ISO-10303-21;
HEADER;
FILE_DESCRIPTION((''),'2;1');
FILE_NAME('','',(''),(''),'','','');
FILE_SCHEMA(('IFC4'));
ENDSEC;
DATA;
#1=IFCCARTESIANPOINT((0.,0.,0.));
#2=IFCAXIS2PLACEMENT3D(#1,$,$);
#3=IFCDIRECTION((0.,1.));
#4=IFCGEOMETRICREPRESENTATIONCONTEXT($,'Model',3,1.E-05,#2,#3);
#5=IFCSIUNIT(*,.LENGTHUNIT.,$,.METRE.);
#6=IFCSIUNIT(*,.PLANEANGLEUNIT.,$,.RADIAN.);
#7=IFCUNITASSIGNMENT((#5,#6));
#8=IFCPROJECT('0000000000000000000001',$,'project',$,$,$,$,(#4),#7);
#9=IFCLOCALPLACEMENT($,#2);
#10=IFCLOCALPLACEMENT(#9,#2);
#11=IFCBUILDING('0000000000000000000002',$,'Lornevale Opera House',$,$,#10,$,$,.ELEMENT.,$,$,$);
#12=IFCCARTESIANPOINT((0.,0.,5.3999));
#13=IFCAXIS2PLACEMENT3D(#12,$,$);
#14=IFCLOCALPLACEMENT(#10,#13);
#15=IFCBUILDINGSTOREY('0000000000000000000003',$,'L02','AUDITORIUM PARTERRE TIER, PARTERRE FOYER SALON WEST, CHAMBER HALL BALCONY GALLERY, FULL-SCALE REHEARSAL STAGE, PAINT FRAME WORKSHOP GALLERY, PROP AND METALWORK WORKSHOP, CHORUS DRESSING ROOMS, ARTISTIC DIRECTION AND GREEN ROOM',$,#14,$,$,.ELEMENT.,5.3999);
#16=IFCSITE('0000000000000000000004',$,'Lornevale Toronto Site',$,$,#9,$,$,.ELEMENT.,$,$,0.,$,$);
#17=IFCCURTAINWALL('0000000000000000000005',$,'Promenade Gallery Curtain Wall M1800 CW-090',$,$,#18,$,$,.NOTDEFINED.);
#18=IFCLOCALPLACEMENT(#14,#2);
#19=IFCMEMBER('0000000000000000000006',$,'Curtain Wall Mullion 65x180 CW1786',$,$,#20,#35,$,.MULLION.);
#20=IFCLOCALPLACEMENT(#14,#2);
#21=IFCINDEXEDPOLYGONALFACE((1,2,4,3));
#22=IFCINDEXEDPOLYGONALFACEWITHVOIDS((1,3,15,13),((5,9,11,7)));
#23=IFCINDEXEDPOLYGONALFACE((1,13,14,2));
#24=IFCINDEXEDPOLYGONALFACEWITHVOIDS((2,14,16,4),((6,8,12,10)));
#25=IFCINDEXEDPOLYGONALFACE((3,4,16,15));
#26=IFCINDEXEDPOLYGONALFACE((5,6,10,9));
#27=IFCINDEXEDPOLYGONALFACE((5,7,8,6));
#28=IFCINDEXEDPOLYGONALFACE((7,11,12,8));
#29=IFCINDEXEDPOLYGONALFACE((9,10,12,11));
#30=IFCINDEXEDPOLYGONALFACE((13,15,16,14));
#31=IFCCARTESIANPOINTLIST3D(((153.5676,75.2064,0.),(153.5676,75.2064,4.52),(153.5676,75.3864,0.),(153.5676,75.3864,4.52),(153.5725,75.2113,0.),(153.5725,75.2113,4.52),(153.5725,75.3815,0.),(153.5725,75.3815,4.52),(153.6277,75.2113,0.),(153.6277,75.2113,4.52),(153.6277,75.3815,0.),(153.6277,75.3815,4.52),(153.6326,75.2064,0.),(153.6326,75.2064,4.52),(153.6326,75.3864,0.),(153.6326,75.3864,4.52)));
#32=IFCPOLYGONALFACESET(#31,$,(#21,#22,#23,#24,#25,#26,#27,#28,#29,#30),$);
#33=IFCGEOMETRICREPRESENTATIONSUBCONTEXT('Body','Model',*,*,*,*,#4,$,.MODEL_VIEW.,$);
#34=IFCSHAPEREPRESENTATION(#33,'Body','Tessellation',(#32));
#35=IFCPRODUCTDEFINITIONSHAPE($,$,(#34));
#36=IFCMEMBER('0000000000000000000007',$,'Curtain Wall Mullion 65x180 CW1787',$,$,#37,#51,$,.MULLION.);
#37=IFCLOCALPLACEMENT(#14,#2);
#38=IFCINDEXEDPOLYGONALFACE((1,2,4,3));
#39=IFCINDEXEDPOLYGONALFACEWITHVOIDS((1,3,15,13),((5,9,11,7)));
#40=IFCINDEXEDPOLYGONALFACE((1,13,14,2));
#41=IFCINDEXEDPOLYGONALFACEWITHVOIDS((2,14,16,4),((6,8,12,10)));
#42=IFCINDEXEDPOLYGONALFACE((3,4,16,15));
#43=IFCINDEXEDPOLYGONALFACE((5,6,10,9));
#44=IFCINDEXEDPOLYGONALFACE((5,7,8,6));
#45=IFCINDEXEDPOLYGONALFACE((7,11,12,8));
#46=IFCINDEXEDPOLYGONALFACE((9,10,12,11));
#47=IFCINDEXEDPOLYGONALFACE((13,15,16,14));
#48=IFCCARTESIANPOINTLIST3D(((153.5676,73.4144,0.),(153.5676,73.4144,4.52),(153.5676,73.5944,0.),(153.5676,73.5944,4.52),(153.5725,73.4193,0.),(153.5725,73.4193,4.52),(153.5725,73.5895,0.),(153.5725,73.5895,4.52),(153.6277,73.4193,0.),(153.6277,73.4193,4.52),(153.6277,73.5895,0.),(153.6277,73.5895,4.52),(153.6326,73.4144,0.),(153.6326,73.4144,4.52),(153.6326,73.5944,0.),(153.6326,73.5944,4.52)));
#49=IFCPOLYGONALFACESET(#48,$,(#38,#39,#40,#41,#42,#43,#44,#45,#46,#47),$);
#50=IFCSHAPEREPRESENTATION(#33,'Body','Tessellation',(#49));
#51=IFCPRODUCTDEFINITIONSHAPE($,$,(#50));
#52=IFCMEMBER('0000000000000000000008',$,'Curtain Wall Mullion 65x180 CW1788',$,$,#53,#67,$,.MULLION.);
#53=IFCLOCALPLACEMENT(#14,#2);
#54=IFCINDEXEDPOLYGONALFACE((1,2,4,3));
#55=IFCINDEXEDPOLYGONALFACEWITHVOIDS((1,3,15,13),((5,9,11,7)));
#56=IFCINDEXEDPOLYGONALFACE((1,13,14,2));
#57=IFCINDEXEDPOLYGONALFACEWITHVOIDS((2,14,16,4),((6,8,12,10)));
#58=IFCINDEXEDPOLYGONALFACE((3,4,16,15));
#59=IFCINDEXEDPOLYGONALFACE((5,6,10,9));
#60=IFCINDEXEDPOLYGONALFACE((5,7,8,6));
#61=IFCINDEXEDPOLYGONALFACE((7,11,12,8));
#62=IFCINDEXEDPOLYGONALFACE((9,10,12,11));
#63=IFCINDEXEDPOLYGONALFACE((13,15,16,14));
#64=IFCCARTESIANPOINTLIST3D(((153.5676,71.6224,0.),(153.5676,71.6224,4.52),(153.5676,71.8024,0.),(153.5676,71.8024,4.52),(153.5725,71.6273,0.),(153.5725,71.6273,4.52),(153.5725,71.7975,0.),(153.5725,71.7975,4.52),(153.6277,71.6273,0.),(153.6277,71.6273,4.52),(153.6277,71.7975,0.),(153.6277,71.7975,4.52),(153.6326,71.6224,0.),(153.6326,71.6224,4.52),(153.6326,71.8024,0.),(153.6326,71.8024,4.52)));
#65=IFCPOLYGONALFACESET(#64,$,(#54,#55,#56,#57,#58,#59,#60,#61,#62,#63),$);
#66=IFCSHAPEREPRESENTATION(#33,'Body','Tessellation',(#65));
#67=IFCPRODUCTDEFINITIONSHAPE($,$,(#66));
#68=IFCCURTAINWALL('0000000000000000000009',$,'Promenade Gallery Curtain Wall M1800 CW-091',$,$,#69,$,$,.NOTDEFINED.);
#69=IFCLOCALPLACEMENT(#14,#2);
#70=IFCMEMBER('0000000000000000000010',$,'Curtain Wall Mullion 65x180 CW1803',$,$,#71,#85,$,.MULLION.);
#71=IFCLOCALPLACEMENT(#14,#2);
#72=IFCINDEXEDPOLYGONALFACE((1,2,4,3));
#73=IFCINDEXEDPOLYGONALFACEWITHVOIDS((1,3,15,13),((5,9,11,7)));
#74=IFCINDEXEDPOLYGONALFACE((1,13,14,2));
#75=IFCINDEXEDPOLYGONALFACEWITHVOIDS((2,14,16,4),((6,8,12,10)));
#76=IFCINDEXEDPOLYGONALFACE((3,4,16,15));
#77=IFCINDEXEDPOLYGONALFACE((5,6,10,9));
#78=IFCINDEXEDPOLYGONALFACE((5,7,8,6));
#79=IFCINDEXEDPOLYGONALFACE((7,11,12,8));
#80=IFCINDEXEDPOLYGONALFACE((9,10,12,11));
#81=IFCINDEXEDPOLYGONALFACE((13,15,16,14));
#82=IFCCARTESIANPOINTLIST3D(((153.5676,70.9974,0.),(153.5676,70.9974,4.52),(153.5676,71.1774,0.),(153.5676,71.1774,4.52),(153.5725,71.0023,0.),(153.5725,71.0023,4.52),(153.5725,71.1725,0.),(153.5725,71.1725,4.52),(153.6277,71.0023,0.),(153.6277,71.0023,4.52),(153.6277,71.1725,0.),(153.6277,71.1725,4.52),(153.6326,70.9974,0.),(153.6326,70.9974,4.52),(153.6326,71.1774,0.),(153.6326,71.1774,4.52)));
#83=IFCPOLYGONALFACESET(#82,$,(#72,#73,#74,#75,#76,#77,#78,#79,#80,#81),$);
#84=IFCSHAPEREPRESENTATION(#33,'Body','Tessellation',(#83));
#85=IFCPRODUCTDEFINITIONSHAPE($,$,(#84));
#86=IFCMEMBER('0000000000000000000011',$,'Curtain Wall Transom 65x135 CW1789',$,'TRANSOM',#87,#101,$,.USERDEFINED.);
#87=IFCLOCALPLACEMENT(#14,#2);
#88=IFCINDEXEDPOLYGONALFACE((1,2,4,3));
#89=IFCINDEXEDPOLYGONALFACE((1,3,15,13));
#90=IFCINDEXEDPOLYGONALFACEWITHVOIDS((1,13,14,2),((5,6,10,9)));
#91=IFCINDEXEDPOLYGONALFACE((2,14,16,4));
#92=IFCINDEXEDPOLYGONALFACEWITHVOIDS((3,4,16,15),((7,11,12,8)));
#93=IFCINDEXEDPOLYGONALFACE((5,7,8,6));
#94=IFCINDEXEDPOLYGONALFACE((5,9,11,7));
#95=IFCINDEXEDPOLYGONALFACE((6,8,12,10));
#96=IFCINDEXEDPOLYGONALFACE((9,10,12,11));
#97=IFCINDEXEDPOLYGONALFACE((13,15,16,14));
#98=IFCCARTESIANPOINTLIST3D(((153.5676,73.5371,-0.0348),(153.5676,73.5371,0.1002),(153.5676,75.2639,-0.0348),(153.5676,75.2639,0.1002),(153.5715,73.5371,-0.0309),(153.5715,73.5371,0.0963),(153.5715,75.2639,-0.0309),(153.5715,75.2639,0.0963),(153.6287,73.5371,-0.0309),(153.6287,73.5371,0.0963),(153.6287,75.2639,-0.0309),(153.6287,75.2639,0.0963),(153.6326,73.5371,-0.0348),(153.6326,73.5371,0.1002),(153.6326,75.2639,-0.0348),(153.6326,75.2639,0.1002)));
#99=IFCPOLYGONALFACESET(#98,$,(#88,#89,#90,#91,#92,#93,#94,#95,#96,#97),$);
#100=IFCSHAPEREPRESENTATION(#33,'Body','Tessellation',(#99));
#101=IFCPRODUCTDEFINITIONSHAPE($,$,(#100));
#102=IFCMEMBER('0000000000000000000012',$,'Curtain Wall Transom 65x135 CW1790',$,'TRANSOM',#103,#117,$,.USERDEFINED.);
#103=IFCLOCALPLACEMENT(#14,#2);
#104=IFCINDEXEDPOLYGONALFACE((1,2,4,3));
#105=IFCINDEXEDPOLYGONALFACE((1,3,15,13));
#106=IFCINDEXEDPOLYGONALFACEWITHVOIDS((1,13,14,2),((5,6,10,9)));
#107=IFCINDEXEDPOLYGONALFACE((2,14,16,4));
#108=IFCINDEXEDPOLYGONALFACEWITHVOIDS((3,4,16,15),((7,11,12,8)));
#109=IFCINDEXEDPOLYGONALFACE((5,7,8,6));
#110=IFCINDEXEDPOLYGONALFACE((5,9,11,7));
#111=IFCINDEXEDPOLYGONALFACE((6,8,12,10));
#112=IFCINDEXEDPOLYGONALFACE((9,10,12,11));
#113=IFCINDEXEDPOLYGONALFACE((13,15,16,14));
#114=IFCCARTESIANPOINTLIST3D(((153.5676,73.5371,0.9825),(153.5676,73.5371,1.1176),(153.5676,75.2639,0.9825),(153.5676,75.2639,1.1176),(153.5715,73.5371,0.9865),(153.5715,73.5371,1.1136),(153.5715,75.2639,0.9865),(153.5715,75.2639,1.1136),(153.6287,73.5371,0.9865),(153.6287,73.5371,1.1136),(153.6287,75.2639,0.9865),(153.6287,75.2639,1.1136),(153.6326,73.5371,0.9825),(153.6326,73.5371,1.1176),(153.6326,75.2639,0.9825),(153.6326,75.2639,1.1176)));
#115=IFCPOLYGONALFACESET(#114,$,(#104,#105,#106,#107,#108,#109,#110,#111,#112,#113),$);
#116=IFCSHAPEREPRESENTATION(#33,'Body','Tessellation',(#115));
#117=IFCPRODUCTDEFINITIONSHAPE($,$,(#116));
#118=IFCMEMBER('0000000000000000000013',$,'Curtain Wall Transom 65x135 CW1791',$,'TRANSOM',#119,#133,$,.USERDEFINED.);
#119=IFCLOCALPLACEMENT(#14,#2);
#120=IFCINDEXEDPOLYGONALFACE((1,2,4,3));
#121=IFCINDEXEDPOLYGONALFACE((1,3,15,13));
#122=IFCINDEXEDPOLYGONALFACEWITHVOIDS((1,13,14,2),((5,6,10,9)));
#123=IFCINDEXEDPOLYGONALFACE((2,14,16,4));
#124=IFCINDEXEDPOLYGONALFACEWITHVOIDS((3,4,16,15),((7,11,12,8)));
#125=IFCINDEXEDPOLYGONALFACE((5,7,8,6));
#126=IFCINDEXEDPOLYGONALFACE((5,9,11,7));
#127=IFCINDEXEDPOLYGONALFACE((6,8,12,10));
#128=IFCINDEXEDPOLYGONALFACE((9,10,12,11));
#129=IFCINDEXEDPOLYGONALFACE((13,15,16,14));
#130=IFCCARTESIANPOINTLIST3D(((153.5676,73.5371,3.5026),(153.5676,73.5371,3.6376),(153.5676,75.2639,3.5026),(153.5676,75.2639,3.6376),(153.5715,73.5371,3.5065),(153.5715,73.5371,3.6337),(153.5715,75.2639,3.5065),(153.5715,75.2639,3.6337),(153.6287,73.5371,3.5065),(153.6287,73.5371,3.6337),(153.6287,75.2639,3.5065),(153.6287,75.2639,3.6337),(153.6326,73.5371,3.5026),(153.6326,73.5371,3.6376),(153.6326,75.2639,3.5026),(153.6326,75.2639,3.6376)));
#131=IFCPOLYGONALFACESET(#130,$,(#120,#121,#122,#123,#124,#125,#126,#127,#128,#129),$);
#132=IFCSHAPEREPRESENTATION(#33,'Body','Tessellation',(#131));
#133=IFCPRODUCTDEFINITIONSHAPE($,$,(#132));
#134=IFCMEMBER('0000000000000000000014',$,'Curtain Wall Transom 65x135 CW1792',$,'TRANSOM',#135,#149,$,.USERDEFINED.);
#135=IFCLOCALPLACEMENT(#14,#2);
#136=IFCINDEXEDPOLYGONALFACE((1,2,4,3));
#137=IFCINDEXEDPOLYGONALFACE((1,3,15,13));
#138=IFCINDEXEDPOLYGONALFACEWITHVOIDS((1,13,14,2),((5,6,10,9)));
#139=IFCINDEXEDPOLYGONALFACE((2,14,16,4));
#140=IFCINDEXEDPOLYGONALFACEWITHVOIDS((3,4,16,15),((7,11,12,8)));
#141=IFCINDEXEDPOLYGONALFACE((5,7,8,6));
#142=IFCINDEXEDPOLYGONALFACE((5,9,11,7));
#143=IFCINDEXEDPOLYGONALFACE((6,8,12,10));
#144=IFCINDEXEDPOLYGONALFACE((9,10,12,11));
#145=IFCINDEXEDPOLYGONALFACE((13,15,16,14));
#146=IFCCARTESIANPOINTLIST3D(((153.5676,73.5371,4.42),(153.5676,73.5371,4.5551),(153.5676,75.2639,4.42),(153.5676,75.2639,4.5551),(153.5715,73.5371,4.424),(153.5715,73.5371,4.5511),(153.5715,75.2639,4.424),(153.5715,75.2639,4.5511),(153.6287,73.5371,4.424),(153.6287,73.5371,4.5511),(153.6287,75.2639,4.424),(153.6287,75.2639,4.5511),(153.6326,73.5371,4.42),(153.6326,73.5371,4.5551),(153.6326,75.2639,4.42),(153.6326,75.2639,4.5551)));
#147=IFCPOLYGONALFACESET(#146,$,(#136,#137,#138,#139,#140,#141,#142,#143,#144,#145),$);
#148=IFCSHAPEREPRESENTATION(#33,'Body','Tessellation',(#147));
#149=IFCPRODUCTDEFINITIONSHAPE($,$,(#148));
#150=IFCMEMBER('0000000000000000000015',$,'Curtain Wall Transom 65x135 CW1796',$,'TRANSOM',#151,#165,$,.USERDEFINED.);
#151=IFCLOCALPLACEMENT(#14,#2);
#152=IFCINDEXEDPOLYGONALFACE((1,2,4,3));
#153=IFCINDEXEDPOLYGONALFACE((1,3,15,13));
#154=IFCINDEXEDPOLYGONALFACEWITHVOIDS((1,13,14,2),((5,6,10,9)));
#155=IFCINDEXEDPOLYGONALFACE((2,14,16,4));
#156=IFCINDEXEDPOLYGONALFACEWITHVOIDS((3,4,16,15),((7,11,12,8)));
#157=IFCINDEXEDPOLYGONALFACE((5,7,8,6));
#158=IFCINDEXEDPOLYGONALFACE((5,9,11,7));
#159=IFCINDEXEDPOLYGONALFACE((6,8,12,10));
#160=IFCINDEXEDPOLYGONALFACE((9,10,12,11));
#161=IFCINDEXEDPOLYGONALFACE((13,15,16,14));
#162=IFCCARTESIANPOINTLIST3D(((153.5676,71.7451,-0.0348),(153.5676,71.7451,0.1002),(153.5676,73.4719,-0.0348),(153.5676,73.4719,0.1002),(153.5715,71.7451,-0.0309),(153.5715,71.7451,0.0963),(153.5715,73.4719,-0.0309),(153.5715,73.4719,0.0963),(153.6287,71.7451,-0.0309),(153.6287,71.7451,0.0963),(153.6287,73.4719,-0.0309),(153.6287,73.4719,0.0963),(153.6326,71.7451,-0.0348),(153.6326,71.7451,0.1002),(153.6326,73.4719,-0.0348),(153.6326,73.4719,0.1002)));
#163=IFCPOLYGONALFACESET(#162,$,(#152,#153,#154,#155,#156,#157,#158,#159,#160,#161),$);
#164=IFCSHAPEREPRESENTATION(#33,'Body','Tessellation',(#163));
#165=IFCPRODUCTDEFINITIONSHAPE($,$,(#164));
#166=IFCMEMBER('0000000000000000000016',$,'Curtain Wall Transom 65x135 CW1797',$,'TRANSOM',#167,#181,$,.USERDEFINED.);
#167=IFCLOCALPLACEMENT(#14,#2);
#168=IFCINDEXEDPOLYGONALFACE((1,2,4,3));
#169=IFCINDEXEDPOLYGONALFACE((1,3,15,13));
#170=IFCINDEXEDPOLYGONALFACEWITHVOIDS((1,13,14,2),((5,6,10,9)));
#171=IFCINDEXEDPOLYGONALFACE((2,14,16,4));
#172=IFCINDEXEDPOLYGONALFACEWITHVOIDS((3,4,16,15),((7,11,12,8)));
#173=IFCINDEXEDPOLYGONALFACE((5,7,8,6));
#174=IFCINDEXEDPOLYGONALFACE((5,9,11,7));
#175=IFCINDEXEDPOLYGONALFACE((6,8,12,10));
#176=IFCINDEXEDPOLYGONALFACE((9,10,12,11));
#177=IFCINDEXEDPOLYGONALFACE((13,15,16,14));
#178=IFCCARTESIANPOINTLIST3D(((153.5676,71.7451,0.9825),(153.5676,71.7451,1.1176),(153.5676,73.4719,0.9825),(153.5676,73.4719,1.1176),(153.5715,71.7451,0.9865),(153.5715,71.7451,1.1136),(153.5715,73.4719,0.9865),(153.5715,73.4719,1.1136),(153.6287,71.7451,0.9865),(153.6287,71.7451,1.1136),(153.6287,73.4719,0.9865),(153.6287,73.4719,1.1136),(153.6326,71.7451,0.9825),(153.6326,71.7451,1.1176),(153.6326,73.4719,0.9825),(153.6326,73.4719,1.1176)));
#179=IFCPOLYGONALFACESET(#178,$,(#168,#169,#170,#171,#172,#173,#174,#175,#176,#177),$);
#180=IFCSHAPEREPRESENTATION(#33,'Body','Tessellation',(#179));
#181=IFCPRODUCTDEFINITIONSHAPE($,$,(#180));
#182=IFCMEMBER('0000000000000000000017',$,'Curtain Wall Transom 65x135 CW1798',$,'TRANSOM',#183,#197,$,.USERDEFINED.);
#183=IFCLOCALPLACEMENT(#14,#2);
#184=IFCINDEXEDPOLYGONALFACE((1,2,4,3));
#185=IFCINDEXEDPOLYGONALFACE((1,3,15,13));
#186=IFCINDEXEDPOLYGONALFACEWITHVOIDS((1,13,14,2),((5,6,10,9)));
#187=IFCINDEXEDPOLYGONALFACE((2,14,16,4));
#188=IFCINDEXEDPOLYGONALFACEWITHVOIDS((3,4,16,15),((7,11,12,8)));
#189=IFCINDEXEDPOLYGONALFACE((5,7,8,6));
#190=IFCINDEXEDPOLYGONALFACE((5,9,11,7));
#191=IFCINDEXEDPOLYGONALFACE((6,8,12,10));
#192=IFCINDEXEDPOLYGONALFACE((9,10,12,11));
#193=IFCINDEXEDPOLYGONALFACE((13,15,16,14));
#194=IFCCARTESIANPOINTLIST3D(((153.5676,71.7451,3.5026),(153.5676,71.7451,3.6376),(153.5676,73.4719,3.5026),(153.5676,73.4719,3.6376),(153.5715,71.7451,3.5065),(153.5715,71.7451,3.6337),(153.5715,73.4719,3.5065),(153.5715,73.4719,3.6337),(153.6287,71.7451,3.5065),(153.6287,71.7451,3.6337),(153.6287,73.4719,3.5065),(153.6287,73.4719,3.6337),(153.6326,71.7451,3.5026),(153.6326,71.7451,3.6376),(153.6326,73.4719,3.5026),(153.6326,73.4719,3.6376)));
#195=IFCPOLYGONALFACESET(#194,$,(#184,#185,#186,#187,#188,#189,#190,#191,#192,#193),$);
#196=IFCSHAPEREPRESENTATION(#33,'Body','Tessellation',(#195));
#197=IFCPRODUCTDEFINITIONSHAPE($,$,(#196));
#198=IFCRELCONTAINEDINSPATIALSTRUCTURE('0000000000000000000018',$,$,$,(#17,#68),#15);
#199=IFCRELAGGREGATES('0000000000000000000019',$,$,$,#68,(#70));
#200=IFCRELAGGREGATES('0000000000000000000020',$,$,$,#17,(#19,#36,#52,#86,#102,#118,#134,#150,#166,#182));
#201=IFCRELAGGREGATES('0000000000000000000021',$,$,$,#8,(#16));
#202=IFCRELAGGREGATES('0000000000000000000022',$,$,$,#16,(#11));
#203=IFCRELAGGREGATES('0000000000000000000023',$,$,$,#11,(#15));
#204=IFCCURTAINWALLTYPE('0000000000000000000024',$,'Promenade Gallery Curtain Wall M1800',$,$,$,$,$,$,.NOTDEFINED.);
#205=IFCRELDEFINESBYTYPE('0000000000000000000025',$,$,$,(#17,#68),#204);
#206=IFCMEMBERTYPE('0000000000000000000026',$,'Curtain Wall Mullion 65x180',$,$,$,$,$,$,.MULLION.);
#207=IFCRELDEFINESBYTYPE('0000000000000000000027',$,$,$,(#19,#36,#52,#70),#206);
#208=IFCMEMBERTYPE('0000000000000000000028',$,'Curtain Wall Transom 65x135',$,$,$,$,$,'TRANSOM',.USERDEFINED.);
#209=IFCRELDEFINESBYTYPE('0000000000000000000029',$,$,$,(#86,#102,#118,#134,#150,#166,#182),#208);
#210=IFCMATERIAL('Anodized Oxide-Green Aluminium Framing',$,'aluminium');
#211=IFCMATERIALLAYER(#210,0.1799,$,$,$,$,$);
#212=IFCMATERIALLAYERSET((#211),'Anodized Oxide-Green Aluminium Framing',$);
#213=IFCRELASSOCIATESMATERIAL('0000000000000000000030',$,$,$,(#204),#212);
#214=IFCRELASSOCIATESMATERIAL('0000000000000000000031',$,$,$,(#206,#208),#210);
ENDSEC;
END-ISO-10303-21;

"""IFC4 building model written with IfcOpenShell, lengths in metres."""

from ifc_helpers import new_model, si_unit, direction, frame, origin, origin_2d, place, context, subcontext, project, spatial, hollow_rectangle, extrude, material, layer, layer_set, material_profile, profile_set, type_object, element, aggregate, save


model = new_model("IFC4")

# Units and contexts
model_context = context("Model", 3, precision=1e-05, world=origin(), true_north=direction((0.0, 1.0)))
body_context = subcontext(model_context, "Body", "Model", "MODEL_VIEW")
ifc_project = project(units=[si_unit("LENGTHUNIT", "METRE"), si_unit("PLANEANGLEUNIT", "RADIAN")], contexts=[model_context])

# Site, building, storey
site_placement = place(None, origin())
site = spatial("IfcSite", under=ifc_project, at=site_placement, Name="Lornevale Toronto Site", CompositionType="ELEMENT", RefElevation=0.0)
building_placement = place(site_placement, origin())
building = spatial("IfcBuilding", under=site, at=building_placement, Name="Lornevale Opera House", CompositionType="ELEMENT")
storey_placement = place(building_placement, frame((0.0, 0.0, 5.3999)))
storey = spatial("IfcBuildingStorey", under=building, at=storey_placement, Name="L02", Description="AUDITORIUM PARTERRE TIER, PARTERRE FOYER SALON WEST, CHAMBER HALL BALCONY GALLERY, FULL-SCALE REHEARSAL STAGE, PAINT FRAME WORKSHOP GALLERY, PROP AND METALWORK WORKSHOP, CHORUS DRESSING ROOMS, ARTISTIC DIRECTION AND GREEN ROOM", CompositionType="ELEMENT", Elevation=5.3999)

# Curtain wall, members
ifc_material_1 = material(Name="Anodized Oxide-Green Aluminium Framing", Category="aluminium")
ifc_layer_1 = layer(ifc_material_1, 0.1799)
ifc_layer_set_1 = layer_set([ifc_layer_1], Name="Anodized Oxide-Green Aluminium Framing")
curtain_wall_type = type_object("IfcCurtainWallType", Name="Promenade Gallery Curtain Wall M1800", PredefinedType="NOTDEFINED", material=ifc_layer_set_1)
curtain_wall_1_placement = place(storey_placement, origin())
curtain_wall_1 = element("IfcCurtainWall", 1, at=curtain_wall_1_placement, inside=storey, type_object=curtain_wall_type, Name="Promenade Gallery Curtain Wall M1800 CW-090", PredefinedType="NOTDEFINED")
ifc_material_profile_1 = material_profile(ifc_material_1, hollow_rectangle(XDim=0.0649, YDim=0.1799, WallThickness=0.0049, at=origin_2d()), Name="ALU65x180x5")
ifc_profile_set_1 = profile_set([ifc_material_profile_1], Name="Anodized Oxide-Green Aluminium Framing")
member_type_1 = type_object("IfcMemberType", Name="Curtain Wall Mullion 65x180", PredefinedType="MULLION", material=ifc_profile_set_1)
member_1_placement = place(storey_placement, frame((153.6001, 75.2964, 0.0), z_axis=(0.0, 0.0, 1.0), x_axis=(1.0, 0.0, 0.0)))
member_1 = element("IfcMember", 2, at=member_1_placement, type_object=member_type_1, Name="Curtain Wall Mullion 65x180 CW1786", PredefinedType="MULLION", context=body_context, shape_type="SweptSolid", body=[
    extrude(hollow_rectangle(XDim=0.0649, YDim=0.1799, WallThickness=0.0049, at=origin_2d()), origin(), (0.0, 0.0, 1.0), 4.52),
])
member_2_placement = place(storey_placement, frame((153.6001, 73.5044, 0.0), z_axis=(0.0, 0.0, 1.0), x_axis=(1.0, 0.0, 0.0)))
member_2 = element("IfcMember", 3, at=member_2_placement, type_object=member_type_1, Name="Curtain Wall Mullion 65x180 CW1787", PredefinedType="MULLION", context=body_context, shape_type="SweptSolid", body=[
    extrude(hollow_rectangle(XDim=0.0649, YDim=0.1799, WallThickness=0.0049, at=origin_2d()), origin(), (0.0, 0.0, 1.0), 4.52),
])
member_3_placement = place(storey_placement, frame((153.6001, 71.7124, 0.0), z_axis=(0.0, 0.0, 1.0), x_axis=(1.0, 0.0, 0.0)))
member_3 = element("IfcMember", 4, at=member_3_placement, type_object=member_type_1, Name="Curtain Wall Mullion 65x180 CW1788", PredefinedType="MULLION", context=body_context, shape_type="SweptSolid", body=[
    extrude(hollow_rectangle(XDim=0.0649, YDim=0.1799, WallThickness=0.0049, at=origin_2d()), origin(), (0.0, 0.0, 1.0), 4.52),
])

# Curtain wall, member
curtain_wall_2_placement = place(storey_placement, origin())
curtain_wall_2 = element("IfcCurtainWall", 5, at=curtain_wall_2_placement, inside=storey, type_object=curtain_wall_type, Name="Promenade Gallery Curtain Wall M1800 CW-091", PredefinedType="NOTDEFINED")
member_4_placement = place(storey_placement, frame((153.6001, 71.0874, 0.0), z_axis=(0.0, 0.0, 1.0), x_axis=(1.0, 0.0, 0.0)))
member_4 = element("IfcMember", 6, at=member_4_placement, type_object=member_type_1, Name="Curtain Wall Mullion 65x180 CW1803", PredefinedType="MULLION", context=body_context, shape_type="SweptSolid", body=[
    extrude(hollow_rectangle(XDim=0.0649, YDim=0.1799, WallThickness=0.0049, at=origin_2d()), origin(), (0.0, 0.0, 1.0), 4.52),
])

# Members
ifc_material_profile_2 = material_profile(ifc_material_1, hollow_rectangle(XDim=0.0649, YDim=0.135, WallThickness=0.0039, at=origin_2d()), Name="ALU65x135x4")
ifc_profile_set_2 = profile_set([ifc_material_profile_2], Name="Anodized Oxide-Green Aluminium Framing")
member_type_2 = type_object("IfcMemberType", Name="Curtain Wall Transom 65x135", ElementType="TRANSOM", PredefinedType="USERDEFINED", material=ifc_profile_set_2)
member_5_placement = place(storey_placement, frame((153.6001, 75.2639, 0.0327), z_axis=(0.0, -1.0, 0.0), x_axis=(1.0, 0.0, 0.0)))
member_5 = element("IfcMember", 7, at=member_5_placement, type_object=member_type_2, Name="Curtain Wall Transom 65x135 CW1789", ObjectType="TRANSOM", PredefinedType="USERDEFINED", context=body_context, shape_type="SweptSolid", body=[
    extrude(hollow_rectangle(XDim=0.0649, YDim=0.135, WallThickness=0.0039, at=origin_2d()), origin(), (0.0, 0.0, 1.0), 1.7268),
])
member_6_placement = place(storey_placement, frame((153.6001, 75.2639, 1.05), z_axis=(0.0, -1.0, 0.0), x_axis=(1.0, 0.0, 0.0)))
member_6 = element("IfcMember", 8, at=member_6_placement, type_object=member_type_2, Name="Curtain Wall Transom 65x135 CW1790", ObjectType="TRANSOM", PredefinedType="USERDEFINED", context=body_context, shape_type="SweptSolid", body=[
    extrude(hollow_rectangle(XDim=0.0649, YDim=0.135, WallThickness=0.0039, at=origin_2d()), origin(), (0.0, 0.0, 1.0), 1.7268),
])
member_7_placement = place(storey_placement, frame((153.6001, 75.2639, 3.5701), z_axis=(0.0, -1.0, 0.0), x_axis=(1.0, 0.0, 0.0)))
member_7 = element("IfcMember", 9, at=member_7_placement, type_object=member_type_2, Name="Curtain Wall Transom 65x135 CW1791", ObjectType="TRANSOM", PredefinedType="USERDEFINED", context=body_context, shape_type="SweptSolid", body=[
    extrude(hollow_rectangle(XDim=0.0649, YDim=0.135, WallThickness=0.0039, at=origin_2d()), origin(), (0.0, 0.0, 1.0), 1.7268),
])
member_8_placement = place(storey_placement, frame((153.6001, 75.2639, 4.4875), z_axis=(0.0, -1.0, 0.0), x_axis=(1.0, 0.0, 0.0)))
member_8 = element("IfcMember", 10, at=member_8_placement, type_object=member_type_2, Name="Curtain Wall Transom 65x135 CW1792", ObjectType="TRANSOM", PredefinedType="USERDEFINED", context=body_context, shape_type="SweptSolid", body=[
    extrude(hollow_rectangle(XDim=0.0649, YDim=0.135, WallThickness=0.0039, at=origin_2d()), origin(), (0.0, 0.0, 1.0), 1.7268),
])
member_9_placement = place(storey_placement, frame((153.6001, 73.4719, 0.0327), z_axis=(0.0, -1.0, 0.0), x_axis=(1.0, 0.0, 0.0)))
member_9 = element("IfcMember", 11, at=member_9_placement, type_object=member_type_2, Name="Curtain Wall Transom 65x135 CW1796", ObjectType="TRANSOM", PredefinedType="USERDEFINED", context=body_context, shape_type="SweptSolid", body=[
    extrude(hollow_rectangle(XDim=0.0649, YDim=0.135, WallThickness=0.0039, at=origin_2d()), origin(), (0.0, 0.0, 1.0), 1.7268),
])
member_10_placement = place(storey_placement, frame((153.6001, 73.4719, 1.05), z_axis=(0.0, -1.0, 0.0), x_axis=(1.0, 0.0, 0.0)))
member_10 = element("IfcMember", 12, at=member_10_placement, type_object=member_type_2, Name="Curtain Wall Transom 65x135 CW1797", ObjectType="TRANSOM", PredefinedType="USERDEFINED", context=body_context, shape_type="SweptSolid", body=[
    extrude(hollow_rectangle(XDim=0.0649, YDim=0.135, WallThickness=0.0039, at=origin_2d()), origin(), (0.0, 0.0, 1.0), 1.7268),
])
member_11_placement = place(storey_placement, frame((153.6001, 73.4719, 3.5701), z_axis=(0.0, -1.0, 0.0), x_axis=(1.0, 0.0, 0.0)))
member_11 = element("IfcMember", 13, at=member_11_placement, type_object=member_type_2, Name="Curtain Wall Transom 65x135 CW1798", ObjectType="TRANSOM", PredefinedType="USERDEFINED", context=body_context, shape_type="SweptSolid", body=[
    extrude(hollow_rectangle(XDim=0.0649, YDim=0.135, WallThickness=0.0039, at=origin_2d()), origin(), (0.0, 0.0, 1.0), 1.7268),
])
aggregate(curtain_wall_2, [member_4])

aggregate(curtain_wall_1, [member_1, member_2, member_3, member_5, member_6, member_7, member_8, member_9, member_10, member_11])

save(model, "model.ifc")
